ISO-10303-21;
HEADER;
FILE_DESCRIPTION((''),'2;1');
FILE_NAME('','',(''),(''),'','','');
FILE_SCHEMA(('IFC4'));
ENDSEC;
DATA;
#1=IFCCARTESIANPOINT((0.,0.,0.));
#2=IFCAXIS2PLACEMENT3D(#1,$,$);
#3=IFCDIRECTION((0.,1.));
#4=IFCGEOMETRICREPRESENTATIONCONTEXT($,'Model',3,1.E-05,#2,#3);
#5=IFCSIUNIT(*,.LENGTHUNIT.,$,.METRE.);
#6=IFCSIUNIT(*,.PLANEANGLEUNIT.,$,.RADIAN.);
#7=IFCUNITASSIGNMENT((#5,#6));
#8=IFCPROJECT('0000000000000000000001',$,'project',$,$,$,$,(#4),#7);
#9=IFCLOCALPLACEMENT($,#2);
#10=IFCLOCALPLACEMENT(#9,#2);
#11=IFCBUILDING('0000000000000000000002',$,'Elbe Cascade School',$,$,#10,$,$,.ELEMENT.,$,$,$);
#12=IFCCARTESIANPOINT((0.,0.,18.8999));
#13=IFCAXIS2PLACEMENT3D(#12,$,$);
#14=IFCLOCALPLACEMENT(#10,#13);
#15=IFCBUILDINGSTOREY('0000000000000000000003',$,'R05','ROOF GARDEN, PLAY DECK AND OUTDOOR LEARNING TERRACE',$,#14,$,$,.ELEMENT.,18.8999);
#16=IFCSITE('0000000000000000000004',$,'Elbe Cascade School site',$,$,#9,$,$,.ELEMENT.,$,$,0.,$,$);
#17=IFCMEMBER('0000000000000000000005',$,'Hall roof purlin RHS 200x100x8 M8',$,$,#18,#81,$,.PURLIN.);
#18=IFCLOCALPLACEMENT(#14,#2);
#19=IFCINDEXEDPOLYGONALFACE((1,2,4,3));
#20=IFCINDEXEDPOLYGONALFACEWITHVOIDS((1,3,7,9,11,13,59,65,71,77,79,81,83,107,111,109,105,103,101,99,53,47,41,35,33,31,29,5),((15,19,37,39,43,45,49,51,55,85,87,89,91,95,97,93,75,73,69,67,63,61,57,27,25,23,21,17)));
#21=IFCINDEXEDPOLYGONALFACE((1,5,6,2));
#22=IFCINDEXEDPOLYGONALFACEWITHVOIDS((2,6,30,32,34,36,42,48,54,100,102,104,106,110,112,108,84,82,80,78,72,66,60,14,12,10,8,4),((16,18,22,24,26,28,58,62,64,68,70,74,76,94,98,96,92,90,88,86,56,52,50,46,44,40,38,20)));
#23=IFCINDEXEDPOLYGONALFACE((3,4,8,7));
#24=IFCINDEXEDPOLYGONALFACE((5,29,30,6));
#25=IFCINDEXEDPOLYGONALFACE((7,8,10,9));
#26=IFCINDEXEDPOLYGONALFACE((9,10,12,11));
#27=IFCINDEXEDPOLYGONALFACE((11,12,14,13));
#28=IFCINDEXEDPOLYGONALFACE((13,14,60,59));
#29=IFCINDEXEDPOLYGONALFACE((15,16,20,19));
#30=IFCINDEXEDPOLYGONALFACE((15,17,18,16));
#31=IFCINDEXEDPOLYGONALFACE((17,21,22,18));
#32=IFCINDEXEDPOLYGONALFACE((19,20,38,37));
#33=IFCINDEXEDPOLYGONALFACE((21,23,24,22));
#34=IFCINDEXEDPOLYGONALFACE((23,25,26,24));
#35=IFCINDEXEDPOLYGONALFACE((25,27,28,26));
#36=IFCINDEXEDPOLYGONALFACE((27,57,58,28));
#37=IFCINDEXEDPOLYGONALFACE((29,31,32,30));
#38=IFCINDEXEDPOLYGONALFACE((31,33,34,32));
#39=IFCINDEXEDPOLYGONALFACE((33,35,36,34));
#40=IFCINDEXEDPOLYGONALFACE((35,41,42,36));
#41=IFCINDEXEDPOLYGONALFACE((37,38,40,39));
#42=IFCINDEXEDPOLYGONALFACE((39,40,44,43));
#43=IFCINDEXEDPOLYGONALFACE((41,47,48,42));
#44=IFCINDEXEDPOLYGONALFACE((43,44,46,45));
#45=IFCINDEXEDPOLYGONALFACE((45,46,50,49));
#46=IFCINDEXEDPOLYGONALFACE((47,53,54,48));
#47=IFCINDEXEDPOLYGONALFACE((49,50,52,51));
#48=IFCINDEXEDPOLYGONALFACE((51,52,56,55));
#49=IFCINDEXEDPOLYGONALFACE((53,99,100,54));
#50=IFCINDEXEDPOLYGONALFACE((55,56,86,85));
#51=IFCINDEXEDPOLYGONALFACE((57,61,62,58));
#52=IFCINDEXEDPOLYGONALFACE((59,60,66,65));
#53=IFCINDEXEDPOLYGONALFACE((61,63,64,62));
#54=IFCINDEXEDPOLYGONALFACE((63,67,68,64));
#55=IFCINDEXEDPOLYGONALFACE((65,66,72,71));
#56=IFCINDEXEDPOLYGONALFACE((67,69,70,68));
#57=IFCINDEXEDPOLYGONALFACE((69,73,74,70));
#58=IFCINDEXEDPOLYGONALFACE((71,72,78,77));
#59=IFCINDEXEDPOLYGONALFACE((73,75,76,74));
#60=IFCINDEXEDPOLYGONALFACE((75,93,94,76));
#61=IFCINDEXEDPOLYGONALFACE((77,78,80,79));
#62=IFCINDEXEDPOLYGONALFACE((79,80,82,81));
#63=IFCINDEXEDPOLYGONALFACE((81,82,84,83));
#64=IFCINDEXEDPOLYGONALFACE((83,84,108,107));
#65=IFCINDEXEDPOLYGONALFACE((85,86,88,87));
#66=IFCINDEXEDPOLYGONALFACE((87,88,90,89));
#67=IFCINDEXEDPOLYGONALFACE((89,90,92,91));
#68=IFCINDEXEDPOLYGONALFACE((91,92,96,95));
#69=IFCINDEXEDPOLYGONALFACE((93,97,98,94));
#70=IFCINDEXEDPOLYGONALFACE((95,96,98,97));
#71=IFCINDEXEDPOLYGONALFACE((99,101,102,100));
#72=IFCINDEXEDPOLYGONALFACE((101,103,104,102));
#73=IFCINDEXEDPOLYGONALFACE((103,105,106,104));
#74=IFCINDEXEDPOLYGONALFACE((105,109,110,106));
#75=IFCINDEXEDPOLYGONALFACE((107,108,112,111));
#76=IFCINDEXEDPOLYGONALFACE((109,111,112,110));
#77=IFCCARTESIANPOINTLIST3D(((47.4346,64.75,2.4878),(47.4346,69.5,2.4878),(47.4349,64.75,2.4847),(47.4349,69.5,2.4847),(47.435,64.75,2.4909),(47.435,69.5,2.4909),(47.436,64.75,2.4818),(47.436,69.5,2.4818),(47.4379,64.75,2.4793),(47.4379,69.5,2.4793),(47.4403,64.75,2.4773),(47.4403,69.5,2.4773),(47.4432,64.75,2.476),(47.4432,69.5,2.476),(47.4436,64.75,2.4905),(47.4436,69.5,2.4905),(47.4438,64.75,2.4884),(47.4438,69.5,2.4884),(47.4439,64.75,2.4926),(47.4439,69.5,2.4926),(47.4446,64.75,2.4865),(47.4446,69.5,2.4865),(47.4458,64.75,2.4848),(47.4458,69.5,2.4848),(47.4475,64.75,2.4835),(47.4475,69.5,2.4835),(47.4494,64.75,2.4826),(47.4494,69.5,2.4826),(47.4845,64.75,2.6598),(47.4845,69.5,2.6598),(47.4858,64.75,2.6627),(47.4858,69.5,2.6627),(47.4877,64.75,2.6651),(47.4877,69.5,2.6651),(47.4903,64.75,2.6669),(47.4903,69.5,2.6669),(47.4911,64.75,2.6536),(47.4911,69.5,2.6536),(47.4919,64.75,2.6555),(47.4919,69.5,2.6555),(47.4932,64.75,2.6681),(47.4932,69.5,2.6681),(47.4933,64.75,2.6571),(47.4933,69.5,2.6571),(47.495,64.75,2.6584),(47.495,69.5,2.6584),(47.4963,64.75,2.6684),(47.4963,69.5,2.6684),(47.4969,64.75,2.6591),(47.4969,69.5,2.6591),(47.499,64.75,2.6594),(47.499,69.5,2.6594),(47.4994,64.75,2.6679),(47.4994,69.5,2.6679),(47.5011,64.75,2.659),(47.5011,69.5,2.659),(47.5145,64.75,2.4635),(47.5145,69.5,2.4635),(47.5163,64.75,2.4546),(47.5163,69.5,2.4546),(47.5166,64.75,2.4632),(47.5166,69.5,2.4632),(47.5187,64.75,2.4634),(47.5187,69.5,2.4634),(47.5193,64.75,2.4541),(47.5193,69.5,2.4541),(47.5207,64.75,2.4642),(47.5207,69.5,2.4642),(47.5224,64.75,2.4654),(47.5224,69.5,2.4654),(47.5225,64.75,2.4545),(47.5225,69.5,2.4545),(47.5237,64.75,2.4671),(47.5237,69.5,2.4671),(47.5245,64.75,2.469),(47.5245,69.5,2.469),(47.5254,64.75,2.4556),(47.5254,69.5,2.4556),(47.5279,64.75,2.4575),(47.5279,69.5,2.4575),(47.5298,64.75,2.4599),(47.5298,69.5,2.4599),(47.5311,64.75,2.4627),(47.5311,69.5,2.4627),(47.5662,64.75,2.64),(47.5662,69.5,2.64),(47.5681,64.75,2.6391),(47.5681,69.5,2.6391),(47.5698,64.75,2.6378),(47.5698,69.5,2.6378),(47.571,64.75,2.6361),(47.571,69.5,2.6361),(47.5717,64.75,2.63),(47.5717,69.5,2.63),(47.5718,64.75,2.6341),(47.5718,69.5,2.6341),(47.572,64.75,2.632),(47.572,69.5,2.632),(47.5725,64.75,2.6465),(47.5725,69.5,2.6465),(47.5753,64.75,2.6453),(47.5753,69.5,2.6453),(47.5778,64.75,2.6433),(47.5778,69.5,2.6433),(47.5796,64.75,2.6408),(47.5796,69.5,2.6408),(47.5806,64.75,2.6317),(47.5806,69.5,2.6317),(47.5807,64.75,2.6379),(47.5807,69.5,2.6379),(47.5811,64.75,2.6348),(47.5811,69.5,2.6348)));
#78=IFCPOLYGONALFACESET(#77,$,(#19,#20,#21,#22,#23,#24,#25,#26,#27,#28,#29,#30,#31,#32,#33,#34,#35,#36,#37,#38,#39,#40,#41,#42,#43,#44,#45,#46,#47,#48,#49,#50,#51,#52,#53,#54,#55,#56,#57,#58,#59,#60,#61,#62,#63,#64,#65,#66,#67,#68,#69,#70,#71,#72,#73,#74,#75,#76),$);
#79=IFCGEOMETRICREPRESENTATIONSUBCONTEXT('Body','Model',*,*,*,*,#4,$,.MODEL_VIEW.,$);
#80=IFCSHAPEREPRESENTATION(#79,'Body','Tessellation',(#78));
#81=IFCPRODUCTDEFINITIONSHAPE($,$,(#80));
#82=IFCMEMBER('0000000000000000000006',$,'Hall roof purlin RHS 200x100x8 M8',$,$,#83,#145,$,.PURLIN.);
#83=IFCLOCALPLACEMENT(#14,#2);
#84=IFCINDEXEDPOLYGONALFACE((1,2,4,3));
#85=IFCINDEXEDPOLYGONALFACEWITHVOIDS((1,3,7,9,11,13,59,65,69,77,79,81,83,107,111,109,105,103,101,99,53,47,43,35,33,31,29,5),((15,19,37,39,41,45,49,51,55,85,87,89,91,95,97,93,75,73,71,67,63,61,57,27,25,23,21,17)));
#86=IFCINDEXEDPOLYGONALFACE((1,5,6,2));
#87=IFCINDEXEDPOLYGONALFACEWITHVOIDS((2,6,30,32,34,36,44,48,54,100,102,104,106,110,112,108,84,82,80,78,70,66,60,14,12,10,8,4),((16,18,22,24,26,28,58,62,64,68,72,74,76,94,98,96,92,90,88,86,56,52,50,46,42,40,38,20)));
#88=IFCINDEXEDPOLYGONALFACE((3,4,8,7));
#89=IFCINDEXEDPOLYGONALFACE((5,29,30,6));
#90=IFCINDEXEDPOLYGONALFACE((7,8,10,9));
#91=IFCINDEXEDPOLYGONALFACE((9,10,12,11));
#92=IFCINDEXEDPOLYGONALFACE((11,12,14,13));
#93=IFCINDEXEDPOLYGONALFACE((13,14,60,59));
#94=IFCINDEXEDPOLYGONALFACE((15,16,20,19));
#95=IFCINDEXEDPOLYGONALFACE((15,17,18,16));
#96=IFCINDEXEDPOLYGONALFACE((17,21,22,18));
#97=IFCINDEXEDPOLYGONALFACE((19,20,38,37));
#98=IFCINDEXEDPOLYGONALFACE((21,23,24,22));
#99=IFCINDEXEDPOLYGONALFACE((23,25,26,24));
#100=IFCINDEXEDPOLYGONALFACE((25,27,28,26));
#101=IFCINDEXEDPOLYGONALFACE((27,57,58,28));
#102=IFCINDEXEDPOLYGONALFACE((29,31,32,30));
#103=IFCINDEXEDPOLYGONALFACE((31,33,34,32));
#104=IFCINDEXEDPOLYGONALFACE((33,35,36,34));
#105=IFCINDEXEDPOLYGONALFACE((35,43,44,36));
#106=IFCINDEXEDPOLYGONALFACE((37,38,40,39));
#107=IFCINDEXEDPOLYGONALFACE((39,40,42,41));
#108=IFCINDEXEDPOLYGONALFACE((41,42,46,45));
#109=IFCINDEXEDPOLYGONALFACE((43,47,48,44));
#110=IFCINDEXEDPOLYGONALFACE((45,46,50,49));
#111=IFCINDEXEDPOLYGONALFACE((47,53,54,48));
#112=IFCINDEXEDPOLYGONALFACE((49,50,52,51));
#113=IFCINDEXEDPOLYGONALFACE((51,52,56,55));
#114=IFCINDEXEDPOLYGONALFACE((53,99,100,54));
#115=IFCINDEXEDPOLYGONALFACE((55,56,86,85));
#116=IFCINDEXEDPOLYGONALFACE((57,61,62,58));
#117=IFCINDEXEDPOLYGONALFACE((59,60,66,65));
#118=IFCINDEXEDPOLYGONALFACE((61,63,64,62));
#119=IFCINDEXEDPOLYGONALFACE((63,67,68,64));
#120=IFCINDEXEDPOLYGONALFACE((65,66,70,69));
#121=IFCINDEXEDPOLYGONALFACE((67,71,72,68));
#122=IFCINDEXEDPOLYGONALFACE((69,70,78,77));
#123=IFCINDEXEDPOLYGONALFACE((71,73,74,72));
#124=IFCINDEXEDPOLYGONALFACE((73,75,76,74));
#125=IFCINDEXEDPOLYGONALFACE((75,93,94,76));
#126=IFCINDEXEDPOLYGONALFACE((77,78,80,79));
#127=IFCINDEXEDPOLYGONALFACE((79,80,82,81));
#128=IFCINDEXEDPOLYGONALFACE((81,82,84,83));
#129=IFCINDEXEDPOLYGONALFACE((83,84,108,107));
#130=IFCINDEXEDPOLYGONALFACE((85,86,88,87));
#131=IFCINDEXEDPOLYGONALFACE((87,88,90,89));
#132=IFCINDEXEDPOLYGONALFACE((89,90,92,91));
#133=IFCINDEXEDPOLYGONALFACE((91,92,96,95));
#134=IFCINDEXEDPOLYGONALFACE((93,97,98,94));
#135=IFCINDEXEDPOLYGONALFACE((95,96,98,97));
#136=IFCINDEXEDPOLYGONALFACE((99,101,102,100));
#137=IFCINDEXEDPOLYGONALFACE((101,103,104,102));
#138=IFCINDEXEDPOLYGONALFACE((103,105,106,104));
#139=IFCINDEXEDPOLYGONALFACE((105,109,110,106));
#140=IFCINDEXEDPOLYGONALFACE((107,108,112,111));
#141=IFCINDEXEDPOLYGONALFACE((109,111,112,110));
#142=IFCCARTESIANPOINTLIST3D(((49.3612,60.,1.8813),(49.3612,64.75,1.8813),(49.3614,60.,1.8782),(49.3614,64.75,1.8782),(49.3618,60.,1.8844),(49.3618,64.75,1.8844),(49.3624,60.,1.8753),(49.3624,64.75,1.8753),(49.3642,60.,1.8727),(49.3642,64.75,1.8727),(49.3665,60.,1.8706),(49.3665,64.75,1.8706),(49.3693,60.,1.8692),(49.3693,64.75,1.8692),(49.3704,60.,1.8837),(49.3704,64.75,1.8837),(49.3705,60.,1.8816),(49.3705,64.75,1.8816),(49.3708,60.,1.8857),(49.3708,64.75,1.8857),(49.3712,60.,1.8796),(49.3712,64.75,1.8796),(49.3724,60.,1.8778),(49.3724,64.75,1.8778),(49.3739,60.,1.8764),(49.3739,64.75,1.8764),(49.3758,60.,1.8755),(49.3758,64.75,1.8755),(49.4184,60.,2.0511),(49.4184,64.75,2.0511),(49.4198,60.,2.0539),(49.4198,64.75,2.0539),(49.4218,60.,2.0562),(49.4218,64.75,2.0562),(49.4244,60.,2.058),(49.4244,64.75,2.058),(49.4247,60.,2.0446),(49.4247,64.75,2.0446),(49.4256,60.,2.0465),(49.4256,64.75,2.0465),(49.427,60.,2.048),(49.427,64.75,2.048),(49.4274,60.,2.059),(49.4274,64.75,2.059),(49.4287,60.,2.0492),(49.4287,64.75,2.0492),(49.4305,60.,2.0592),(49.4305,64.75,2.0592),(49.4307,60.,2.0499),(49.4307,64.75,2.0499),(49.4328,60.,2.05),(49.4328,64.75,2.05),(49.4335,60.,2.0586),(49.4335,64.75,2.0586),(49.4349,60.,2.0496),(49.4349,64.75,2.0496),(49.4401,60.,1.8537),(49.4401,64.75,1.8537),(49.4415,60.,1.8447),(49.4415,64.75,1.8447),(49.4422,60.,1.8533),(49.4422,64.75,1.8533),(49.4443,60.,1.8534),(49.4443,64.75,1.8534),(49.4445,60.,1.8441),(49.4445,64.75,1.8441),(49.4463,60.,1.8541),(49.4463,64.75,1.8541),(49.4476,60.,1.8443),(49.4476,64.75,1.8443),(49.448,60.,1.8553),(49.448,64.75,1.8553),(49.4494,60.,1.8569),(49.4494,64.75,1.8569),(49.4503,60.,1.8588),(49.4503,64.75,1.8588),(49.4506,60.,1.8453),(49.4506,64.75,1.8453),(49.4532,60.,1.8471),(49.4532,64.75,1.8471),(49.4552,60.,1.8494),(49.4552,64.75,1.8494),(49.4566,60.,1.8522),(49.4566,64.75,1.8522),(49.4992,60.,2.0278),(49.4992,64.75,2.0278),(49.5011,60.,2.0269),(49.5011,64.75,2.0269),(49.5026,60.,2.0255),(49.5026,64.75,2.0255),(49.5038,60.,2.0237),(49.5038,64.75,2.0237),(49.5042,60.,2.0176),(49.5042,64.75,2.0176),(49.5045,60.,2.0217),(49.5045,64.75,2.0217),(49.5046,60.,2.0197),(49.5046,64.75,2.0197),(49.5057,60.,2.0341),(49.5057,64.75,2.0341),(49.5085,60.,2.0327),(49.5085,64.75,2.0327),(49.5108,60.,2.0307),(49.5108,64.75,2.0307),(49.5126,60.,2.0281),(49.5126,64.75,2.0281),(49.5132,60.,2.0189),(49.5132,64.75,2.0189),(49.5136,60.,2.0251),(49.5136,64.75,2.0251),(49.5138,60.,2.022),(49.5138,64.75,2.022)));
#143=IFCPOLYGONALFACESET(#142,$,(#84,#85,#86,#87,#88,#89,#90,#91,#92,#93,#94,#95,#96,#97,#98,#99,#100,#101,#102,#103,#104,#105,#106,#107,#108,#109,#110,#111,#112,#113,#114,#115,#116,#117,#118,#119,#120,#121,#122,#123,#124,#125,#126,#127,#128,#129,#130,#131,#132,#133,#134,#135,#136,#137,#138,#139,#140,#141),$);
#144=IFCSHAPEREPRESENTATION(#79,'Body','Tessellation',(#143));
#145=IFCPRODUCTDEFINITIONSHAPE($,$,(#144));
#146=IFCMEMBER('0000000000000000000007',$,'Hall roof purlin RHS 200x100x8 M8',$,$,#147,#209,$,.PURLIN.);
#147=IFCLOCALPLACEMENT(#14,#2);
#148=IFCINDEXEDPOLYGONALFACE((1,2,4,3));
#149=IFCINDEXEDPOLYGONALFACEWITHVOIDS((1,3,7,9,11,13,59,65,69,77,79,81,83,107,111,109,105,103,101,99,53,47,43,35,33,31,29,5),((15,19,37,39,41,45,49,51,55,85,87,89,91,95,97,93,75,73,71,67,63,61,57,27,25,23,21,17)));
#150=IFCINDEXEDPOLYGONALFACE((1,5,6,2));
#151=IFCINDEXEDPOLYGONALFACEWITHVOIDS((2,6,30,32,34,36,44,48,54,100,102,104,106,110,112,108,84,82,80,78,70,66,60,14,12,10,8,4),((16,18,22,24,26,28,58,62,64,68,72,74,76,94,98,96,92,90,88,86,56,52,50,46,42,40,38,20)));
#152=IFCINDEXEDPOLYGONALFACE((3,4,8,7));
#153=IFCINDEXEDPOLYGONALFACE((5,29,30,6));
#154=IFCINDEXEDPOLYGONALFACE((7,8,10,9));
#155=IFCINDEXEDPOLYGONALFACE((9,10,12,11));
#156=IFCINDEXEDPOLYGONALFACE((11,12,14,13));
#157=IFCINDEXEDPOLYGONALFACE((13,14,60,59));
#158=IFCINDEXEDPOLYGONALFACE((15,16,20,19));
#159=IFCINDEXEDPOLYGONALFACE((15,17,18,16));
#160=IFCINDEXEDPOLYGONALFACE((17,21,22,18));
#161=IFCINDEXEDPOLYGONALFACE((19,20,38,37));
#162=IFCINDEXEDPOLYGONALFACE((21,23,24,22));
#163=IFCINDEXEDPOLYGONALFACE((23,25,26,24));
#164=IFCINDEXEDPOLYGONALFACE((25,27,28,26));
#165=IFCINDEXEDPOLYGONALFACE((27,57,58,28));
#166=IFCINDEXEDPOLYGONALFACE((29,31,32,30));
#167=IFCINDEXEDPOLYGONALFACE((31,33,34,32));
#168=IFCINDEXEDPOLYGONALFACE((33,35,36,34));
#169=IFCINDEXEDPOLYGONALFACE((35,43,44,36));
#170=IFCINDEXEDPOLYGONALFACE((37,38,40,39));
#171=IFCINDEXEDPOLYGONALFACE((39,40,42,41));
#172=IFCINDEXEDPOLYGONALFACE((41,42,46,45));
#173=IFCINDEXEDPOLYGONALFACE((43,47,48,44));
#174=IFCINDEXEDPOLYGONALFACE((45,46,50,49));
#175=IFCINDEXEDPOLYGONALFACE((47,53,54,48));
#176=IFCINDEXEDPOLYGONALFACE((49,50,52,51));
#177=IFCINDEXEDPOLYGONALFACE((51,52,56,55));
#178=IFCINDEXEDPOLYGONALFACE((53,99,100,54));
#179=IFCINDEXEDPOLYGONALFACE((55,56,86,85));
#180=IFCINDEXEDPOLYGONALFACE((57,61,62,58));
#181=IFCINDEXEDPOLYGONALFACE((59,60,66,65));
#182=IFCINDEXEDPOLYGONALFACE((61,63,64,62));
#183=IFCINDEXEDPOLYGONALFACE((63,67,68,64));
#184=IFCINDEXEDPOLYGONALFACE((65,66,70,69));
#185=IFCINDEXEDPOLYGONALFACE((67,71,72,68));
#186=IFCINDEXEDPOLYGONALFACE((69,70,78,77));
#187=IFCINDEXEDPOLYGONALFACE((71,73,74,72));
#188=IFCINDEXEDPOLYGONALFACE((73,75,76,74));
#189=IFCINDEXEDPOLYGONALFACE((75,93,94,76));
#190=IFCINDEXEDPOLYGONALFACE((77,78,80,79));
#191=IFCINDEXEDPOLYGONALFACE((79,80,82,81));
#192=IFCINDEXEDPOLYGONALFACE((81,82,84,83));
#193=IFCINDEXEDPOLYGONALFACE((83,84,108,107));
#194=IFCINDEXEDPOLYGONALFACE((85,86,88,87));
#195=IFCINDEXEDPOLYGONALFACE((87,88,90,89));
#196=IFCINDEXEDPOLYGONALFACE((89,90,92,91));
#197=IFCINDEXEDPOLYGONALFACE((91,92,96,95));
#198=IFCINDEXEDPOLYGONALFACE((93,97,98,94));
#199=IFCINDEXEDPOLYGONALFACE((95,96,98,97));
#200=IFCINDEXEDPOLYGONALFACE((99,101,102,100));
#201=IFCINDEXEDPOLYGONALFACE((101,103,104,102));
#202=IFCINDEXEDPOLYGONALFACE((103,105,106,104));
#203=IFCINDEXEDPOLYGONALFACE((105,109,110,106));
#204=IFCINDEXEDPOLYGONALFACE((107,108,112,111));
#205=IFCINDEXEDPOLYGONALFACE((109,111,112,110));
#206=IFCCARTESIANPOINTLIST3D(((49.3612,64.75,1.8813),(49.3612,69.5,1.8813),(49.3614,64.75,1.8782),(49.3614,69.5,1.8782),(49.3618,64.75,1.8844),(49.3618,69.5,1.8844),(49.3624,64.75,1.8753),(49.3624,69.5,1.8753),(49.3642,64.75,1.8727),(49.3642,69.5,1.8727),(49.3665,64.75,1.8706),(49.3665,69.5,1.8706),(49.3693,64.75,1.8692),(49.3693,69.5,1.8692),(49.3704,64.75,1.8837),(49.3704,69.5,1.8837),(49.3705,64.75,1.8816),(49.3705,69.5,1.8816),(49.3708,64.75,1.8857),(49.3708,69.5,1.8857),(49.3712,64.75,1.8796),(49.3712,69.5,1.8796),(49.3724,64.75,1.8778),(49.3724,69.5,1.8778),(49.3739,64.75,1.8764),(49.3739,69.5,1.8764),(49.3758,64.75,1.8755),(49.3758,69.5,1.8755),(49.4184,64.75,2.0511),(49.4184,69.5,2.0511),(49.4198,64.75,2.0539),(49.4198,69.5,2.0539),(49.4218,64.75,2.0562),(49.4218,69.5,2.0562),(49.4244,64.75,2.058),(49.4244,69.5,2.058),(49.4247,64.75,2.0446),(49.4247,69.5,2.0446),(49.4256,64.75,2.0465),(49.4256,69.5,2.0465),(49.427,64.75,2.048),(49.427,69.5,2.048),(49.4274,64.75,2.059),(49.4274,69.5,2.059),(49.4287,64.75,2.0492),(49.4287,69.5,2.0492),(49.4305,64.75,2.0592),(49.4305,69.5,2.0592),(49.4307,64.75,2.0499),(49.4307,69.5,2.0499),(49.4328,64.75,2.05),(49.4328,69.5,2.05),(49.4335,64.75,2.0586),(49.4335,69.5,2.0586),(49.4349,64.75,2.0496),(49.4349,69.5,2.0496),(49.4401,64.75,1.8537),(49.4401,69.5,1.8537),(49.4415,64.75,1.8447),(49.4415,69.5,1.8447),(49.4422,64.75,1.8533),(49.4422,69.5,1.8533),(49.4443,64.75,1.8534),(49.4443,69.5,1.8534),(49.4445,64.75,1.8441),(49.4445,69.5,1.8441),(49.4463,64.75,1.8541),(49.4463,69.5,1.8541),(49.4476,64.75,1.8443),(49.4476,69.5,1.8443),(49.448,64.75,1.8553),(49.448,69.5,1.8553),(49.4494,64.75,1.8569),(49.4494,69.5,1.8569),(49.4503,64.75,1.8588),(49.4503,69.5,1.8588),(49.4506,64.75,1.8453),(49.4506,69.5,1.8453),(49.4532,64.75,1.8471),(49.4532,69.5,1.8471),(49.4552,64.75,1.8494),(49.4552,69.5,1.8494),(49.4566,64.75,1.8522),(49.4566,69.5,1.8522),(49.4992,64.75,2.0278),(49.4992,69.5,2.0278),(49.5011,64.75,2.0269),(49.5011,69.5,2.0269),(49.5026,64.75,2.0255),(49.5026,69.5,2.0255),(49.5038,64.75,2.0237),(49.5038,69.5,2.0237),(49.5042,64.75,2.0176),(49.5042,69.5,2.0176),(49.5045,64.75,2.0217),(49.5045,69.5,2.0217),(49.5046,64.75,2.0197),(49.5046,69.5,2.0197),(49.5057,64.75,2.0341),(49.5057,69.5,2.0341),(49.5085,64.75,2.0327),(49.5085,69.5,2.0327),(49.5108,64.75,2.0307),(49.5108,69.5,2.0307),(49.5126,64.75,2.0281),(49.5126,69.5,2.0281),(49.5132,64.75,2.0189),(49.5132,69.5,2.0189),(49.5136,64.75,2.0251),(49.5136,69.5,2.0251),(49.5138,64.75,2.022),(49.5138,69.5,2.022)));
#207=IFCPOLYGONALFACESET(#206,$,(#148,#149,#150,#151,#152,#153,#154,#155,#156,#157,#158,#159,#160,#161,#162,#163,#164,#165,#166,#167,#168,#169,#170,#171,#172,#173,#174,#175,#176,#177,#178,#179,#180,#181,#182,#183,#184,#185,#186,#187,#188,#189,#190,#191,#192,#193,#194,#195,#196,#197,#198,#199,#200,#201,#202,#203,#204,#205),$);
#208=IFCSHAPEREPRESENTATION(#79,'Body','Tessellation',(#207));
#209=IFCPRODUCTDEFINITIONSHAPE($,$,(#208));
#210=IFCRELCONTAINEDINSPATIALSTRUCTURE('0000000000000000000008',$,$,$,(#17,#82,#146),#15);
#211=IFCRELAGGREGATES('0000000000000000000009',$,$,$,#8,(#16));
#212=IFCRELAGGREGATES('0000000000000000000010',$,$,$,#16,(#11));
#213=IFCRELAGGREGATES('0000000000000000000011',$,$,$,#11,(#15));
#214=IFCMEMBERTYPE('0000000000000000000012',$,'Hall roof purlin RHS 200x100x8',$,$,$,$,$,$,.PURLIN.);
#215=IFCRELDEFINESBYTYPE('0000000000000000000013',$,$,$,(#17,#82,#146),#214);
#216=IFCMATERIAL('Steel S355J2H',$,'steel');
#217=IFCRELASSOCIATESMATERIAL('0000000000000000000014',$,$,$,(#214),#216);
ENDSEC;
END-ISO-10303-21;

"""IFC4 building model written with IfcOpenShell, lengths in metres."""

from ifc_helpers import new_model, si_unit, direction, frame, origin, origin_2d, place, context, subcontext, project, spatial, hollow_rectangle, extrude, material, material_profile, profile_set, type_object, element, save


model = new_model("IFC4")

# Units and contexts
model_context = context("Model", 3, precision=1e-05, world=origin(), true_north=direction((0.0, 1.0)))
body_context = subcontext(model_context, "Body", "Model", "MODEL_VIEW")
ifc_project = project(units=[si_unit("LENGTHUNIT", "METRE"), si_unit("PLANEANGLEUNIT", "RADIAN")], contexts=[model_context])

# Site, building, storey
site_placement = place(None, origin())
site = spatial("IfcSite", under=ifc_project, at=site_placement, Name="Elbe Cascade School site", CompositionType="ELEMENT", RefElevation=0.0)
building_placement = place(site_placement, origin())
building = spatial("IfcBuilding", under=site, at=building_placement, Name="Elbe Cascade School", CompositionType="ELEMENT")
storey_placement = place(building_placement, frame((0.0, 0.0, 18.8999)))
storey = spatial("IfcBuildingStorey", under=building, at=storey_placement, Name="R05", Description="ROOF GARDEN, PLAY DECK AND OUTDOOR LEARNING TERRACE", CompositionType="ELEMENT", Elevation=18.8999)

# Members
ifc_material_1 = material(Name="Steel S355J2H", Category="steel")
ifc_material_profile_1 = material_profile(ifc_material_1, hollow_rectangle(XDim=0.1001, YDim=0.2, WallThickness=0.0081, InnerFilletRadius=0.0081, OuterFilletRadius=0.012, at=origin_2d()), Name="RHS 200x100x8")
ifc_profile_set_1 = profile_set([ifc_material_profile_1], Name="Steel S355J2H")
member_type_1 = type_object("IfcMemberType", Name="Hall roof purlin RHS 200x100x8", PredefinedType="PURLIN", material=ifc_profile_set_1)
for number, where, z_axis, x_axis, name in (
    (1, (47.5078, 64.75, 2.5613), (0.0, 1.0, 0.0), (-0.959684, 0.0, 0.281081), "Hall roof purlin RHS 200x100x8 M8"),
    (2, (49.4375, 60.0, 1.9517), (0.0, 1.0, 0.0), (-0.946999, 0.0, 0.321236), "Hall roof purlin RHS 200x100x8 M8"),
    (3, (49.4375, 64.75, 1.9517), (0.0, 1.0, 0.0), (-0.946999, 0.0, 0.321236), "Hall roof purlin RHS 200x100x8 M8"),
):
    element("IfcMember", number, at=place(storey_placement, frame(where, z_axis=z_axis, x_axis=x_axis)), inside=storey, type_object=member_type_1, Name=name, PredefinedType="PURLIN", context=body_context, shape_type="SweptSolid", body=[
        extrude(hollow_rectangle(XDim=0.1001, YDim=0.2, WallThickness=0.0081, InnerFilletRadius=0.0081, OuterFilletRadius=0.012, at=origin_2d()), origin(), (0.0, 0.0, 1.0), 4.75),
    ])

save(model, "model.ifc")
